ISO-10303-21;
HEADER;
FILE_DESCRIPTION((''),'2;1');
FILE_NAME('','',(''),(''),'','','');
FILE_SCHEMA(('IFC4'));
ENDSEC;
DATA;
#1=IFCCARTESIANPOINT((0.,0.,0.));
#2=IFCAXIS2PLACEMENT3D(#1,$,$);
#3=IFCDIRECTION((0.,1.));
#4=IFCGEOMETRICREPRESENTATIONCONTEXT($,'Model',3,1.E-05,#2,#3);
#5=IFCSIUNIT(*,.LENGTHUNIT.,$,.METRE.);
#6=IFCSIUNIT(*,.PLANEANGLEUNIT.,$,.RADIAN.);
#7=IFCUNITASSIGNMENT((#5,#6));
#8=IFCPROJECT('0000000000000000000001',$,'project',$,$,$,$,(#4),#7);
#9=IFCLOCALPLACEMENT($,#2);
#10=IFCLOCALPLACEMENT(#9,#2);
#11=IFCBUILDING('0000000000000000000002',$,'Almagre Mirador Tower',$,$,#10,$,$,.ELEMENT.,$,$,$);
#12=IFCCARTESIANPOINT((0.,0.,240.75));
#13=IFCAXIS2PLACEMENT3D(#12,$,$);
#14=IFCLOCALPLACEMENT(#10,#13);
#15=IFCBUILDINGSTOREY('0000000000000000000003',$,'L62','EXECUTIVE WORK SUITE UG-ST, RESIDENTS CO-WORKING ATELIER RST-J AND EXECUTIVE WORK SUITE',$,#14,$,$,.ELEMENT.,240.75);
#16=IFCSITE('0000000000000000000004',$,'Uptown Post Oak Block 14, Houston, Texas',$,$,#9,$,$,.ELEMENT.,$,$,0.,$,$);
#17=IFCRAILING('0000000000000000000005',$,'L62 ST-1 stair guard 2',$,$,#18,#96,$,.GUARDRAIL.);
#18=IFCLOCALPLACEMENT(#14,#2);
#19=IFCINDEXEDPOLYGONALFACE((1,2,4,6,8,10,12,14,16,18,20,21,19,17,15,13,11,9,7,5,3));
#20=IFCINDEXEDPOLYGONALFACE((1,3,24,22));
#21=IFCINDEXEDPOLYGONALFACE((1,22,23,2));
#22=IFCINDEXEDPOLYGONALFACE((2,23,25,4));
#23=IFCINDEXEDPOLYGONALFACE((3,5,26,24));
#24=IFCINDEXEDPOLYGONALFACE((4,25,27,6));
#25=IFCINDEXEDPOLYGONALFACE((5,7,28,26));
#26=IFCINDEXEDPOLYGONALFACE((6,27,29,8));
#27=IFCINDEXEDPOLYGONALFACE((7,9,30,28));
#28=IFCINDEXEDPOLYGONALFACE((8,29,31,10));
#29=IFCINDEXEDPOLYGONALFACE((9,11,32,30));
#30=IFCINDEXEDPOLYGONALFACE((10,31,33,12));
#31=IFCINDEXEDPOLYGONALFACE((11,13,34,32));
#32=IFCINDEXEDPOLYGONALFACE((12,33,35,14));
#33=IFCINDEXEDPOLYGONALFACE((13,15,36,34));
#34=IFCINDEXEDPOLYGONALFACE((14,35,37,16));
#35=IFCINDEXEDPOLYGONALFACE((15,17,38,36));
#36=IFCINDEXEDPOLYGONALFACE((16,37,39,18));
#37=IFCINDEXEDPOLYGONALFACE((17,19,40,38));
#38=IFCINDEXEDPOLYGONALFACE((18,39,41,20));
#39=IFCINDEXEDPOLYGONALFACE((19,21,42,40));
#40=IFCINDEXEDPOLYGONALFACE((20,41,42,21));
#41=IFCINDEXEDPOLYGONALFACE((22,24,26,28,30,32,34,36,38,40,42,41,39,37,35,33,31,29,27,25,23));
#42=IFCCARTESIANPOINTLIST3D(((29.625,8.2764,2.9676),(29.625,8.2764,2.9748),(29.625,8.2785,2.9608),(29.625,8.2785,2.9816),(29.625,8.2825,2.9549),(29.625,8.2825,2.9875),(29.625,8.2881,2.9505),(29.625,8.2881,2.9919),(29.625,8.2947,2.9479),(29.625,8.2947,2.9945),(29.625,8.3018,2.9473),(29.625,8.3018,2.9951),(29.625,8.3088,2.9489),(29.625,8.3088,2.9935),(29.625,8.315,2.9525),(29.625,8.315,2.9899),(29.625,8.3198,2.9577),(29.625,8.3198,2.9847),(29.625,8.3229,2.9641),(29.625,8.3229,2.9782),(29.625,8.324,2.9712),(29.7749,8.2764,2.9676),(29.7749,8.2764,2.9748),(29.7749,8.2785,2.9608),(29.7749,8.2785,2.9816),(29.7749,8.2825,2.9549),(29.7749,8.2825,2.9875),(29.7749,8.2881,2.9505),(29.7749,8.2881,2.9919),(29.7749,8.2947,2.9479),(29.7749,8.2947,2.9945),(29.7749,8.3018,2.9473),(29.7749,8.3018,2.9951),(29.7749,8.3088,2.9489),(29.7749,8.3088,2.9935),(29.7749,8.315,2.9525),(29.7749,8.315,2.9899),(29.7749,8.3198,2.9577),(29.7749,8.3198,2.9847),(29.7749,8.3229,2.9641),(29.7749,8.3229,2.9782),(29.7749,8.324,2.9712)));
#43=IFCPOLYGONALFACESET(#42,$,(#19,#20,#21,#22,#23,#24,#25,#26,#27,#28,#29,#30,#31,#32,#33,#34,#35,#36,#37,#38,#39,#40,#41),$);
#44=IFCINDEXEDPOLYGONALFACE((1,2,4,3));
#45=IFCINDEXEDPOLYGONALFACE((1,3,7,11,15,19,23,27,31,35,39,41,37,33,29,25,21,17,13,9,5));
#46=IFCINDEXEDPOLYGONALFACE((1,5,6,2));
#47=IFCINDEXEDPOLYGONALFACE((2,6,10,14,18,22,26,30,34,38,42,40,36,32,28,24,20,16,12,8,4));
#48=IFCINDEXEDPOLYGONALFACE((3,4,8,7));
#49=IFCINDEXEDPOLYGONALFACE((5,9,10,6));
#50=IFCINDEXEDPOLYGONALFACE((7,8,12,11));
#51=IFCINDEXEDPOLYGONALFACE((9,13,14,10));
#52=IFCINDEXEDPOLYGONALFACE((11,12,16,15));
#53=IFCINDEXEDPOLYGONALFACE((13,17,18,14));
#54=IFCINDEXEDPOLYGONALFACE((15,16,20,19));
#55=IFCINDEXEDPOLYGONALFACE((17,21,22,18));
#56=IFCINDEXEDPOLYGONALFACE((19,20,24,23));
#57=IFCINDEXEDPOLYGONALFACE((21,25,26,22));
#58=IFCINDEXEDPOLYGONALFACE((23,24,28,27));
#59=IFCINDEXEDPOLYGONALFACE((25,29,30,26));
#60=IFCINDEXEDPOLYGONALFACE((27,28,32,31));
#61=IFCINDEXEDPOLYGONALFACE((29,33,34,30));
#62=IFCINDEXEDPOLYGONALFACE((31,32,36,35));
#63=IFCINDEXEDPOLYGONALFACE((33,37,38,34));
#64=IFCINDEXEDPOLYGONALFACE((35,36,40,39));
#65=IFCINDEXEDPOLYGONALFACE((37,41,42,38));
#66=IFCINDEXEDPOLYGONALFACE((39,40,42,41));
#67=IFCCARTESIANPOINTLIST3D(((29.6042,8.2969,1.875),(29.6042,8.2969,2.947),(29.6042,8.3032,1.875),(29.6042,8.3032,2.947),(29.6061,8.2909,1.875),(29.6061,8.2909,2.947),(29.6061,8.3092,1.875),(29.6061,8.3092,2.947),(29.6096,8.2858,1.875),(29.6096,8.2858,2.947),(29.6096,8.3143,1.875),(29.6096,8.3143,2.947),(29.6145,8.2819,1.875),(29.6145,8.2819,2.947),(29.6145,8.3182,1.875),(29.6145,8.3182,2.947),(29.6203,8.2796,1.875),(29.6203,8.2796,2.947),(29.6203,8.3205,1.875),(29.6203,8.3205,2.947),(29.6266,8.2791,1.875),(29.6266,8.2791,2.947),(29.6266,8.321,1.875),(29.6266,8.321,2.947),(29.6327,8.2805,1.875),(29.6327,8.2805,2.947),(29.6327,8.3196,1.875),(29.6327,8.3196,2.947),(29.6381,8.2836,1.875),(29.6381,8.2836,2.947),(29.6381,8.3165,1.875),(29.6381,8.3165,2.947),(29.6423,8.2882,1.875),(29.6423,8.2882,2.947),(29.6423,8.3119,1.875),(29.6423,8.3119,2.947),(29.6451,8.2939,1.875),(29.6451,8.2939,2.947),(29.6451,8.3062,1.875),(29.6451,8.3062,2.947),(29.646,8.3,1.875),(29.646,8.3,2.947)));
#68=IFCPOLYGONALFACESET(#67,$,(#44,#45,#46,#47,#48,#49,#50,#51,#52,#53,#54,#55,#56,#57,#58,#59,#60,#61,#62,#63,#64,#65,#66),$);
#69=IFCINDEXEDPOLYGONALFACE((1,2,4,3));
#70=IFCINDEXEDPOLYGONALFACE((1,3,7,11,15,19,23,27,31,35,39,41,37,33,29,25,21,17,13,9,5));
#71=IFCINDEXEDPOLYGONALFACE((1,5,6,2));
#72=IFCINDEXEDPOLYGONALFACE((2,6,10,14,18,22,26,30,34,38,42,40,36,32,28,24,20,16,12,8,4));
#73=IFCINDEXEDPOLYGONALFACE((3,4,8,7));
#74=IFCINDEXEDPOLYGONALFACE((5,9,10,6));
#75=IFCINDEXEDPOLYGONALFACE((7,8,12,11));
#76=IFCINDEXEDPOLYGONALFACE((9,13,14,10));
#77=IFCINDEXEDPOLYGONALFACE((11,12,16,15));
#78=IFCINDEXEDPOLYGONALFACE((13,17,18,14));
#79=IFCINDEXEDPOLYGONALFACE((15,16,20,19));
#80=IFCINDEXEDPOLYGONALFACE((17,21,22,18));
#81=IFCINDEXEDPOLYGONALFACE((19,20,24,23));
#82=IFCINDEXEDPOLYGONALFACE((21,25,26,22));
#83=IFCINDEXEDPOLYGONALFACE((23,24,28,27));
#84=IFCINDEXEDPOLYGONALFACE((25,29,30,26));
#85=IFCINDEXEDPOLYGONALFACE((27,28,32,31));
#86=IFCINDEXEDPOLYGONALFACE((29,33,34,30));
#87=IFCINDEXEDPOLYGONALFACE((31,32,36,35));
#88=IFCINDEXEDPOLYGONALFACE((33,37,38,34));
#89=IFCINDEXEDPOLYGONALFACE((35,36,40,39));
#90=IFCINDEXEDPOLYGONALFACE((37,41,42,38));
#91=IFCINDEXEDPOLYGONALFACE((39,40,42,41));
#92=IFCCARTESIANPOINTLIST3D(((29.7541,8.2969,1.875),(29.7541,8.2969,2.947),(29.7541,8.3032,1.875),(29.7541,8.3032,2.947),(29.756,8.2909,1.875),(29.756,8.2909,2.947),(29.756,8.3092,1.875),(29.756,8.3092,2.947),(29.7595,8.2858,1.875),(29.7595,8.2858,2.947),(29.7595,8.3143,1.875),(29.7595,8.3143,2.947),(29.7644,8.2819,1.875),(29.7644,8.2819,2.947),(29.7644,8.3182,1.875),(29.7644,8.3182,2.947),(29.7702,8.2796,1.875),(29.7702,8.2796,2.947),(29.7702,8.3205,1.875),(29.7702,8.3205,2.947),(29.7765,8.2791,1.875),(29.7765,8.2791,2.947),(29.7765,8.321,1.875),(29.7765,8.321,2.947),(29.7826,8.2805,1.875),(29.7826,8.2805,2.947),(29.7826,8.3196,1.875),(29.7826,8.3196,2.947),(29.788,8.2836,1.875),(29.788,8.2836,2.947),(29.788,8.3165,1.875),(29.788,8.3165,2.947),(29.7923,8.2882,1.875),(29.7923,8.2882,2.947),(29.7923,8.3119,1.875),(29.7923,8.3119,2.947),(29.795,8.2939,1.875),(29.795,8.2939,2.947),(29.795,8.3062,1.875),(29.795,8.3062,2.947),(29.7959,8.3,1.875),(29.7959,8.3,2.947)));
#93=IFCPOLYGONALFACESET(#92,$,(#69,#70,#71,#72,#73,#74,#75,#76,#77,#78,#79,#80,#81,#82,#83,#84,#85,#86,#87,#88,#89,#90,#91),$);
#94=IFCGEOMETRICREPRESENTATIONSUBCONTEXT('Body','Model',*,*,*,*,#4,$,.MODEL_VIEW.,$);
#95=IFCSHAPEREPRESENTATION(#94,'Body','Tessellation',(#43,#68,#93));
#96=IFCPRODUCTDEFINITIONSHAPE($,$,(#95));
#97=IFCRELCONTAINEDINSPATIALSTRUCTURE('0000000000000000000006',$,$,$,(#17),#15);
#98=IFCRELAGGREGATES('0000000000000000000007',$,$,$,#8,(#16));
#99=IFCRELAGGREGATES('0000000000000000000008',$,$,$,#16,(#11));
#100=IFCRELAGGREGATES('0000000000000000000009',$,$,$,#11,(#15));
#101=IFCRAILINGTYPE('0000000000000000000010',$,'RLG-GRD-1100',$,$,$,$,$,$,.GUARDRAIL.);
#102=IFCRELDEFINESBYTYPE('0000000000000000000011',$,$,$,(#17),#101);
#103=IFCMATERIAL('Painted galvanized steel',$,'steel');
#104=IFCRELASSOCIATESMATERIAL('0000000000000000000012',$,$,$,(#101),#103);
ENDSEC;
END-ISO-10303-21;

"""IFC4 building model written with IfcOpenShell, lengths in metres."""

from ifc_helpers import new_model, si_unit, direction, frame, origin, origin_2d, place, context, subcontext, project, spatial, circle, extrude, material, type_object, element, save


model = new_model("IFC4")

# Units and contexts
model_context = context("Model", 3, precision=1e-05, world=origin(), true_north=direction((0.0, 1.0)))
body_context = subcontext(model_context, "Body", "Model", "MODEL_VIEW")
ifc_project = project(units=[si_unit("LENGTHUNIT", "METRE"), si_unit("PLANEANGLEUNIT", "RADIAN")], contexts=[model_context])

# Site, building, storey
site_placement = place(None, origin())
site = spatial("IfcSite", under=ifc_project, at=site_placement, Name="Uptown Post Oak Block 14, Houston, Texas", CompositionType="ELEMENT", RefElevation=0.0)
building_placement = place(site_placement, origin())
building = spatial("IfcBuilding", under=site, at=building_placement, Name="Almagre Mirador Tower", CompositionType="ELEMENT")
storey_placement = place(building_placement, frame((0.0, 0.0, 240.75)))
storey = spatial("IfcBuildingStorey", under=building, at=storey_placement, Name="L62", Description="EXECUTIVE WORK SUITE UG-ST, RESIDENTS CO-WORKING ATELIER RST-J AND EXECUTIVE WORK SUITE", CompositionType="ELEMENT", Elevation=240.75)

# Railing
ifc_material_1 = material(Name="Painted galvanized steel", Category="steel")
railing_type = type_object("IfcRailingType", Name="RLG-GRD-1100", PredefinedType="GUARDRAIL", material=ifc_material_1)
railing_1_placement = place(storey_placement, frame((29.625, 8.3, 1.875)))
element("IfcRailing", 1, at=railing_1_placement, inside=storey, type_object=railing_type, Name="L62 ST-1 stair guard 2", PredefinedType="GUARDRAIL", context=body_context, shape_type="SweptSolid", body=[
    extrude(circle(Radius=0.0239, at=origin_2d()), frame((0.0, 0.0, 1.0962), z_axis=(1.0, 0.0, 0.0), x_axis=(0.0, 1.0, 0.0)), (0.0, 0.0, 1.0), 0.1499),
    extrude(circle(Radius=0.021, at=origin_2d()), origin(), (0.0, 0.0, 1.0), 1.072),
    extrude(circle(Radius=0.021, at=origin_2d()), frame((0.1499, 0.0, 0.0)), (0.0, 0.0, 1.0), 1.072),
])

save(model, "model.ifc")
